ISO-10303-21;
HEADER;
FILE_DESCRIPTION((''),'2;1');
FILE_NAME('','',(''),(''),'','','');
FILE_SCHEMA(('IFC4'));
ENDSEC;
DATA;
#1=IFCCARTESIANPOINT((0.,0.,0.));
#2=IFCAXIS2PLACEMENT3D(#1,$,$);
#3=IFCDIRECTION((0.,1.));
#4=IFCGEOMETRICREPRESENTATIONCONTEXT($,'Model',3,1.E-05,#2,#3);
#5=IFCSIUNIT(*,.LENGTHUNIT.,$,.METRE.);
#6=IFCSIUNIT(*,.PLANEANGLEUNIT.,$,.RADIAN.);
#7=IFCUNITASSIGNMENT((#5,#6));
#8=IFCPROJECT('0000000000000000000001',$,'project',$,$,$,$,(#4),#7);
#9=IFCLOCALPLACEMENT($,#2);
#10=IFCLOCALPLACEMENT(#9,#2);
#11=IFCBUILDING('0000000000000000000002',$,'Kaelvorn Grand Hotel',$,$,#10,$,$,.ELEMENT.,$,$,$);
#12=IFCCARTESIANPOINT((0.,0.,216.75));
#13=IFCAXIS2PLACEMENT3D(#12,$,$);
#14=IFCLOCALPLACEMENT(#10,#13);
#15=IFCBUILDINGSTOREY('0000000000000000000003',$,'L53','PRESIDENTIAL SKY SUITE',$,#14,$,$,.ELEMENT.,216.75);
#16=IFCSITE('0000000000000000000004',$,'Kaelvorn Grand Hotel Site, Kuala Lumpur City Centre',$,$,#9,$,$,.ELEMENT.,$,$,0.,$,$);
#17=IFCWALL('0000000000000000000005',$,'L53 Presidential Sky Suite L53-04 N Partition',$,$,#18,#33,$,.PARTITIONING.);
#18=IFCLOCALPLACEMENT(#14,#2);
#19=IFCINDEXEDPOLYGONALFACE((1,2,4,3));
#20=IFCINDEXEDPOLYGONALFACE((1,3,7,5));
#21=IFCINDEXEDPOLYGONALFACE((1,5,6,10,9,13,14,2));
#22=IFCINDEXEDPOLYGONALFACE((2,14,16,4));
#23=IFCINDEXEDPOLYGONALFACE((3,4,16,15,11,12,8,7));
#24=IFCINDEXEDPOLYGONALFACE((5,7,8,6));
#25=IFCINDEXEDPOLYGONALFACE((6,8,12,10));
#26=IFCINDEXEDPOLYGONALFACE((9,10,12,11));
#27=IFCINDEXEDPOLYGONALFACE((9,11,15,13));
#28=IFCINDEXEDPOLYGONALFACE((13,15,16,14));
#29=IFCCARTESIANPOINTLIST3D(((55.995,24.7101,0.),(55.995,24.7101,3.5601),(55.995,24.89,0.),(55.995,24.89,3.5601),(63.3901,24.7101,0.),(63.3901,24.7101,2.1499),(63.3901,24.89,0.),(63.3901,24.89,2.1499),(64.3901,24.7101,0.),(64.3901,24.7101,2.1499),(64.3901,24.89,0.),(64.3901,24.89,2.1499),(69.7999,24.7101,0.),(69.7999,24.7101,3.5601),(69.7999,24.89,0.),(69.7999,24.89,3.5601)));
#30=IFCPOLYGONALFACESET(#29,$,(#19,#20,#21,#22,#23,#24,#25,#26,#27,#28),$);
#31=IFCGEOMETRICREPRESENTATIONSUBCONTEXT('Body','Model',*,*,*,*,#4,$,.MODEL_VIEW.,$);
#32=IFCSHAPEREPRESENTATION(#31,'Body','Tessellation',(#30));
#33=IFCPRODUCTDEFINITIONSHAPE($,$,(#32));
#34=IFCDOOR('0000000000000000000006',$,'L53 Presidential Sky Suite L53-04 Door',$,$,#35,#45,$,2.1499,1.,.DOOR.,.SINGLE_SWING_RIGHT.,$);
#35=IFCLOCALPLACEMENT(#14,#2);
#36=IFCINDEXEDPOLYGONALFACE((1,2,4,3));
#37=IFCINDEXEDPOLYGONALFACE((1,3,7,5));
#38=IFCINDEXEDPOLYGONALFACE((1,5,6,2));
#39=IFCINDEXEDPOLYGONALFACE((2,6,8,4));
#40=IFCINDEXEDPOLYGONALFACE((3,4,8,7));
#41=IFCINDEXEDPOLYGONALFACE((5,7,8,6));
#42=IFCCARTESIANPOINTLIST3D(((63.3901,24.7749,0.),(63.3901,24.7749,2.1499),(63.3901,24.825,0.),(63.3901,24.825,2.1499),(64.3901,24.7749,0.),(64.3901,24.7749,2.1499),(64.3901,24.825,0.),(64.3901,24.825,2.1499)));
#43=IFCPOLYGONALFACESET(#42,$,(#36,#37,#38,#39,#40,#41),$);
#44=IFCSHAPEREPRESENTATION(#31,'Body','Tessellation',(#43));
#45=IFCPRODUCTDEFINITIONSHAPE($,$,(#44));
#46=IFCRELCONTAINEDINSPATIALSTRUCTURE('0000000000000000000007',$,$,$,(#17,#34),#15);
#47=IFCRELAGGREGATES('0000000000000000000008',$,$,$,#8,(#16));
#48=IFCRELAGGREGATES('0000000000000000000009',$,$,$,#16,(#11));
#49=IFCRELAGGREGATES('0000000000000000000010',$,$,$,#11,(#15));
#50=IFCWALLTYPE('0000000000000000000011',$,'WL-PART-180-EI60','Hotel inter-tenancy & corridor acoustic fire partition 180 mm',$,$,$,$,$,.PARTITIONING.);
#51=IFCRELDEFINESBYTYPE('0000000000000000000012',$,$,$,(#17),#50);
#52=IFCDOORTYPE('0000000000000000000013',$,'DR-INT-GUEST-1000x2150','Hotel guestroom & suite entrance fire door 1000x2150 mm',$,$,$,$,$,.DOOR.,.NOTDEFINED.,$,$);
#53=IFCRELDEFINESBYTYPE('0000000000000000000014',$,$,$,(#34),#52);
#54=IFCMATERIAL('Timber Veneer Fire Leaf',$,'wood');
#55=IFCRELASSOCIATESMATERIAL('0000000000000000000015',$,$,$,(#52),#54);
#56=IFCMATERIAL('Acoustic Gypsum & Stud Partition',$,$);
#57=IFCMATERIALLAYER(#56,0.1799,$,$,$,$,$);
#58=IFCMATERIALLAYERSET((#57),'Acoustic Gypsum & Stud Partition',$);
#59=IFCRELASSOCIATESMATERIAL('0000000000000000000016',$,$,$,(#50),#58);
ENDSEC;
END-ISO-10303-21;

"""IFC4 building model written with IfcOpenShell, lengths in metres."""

from ifc_helpers import new_model, si_unit, direction, frame, frame_2d, origin, place, context, subcontext, project, spatial, rectangle, extrude, material, layer, layer_set, type_object, element, fill, save


model = new_model("IFC4")

# Units and contexts
model_context = context("Model", 3, precision=1e-05, world=origin(), true_north=direction((0.0, 1.0)))
body_context = subcontext(model_context, "Body", "Model", "MODEL_VIEW")
ifc_project = project(units=[si_unit("LENGTHUNIT", "METRE"), si_unit("PLANEANGLEUNIT", "RADIAN")], contexts=[model_context])

# Site, building, storey
site_placement = place(None, origin())
site = spatial("IfcSite", under=ifc_project, at=site_placement, Name="Kaelvorn Grand Hotel Site, Kuala Lumpur City Centre", CompositionType="ELEMENT", RefElevation=0.0)
building_placement = place(site_placement, origin())
building = spatial("IfcBuilding", under=site, at=building_placement, Name="Kaelvorn Grand Hotel", CompositionType="ELEMENT")
storey_placement = place(building_placement, frame((0.0, 0.0, 216.75)))
storey = spatial("IfcBuildingStorey", under=building, at=storey_placement, Name="L53", Description="PRESIDENTIAL SKY SUITE", CompositionType="ELEMENT", Elevation=216.75)

# Shared definitions
ifc_material_1 = material(Name="Acoustic Gypsum & Stud Partition")
ifc_material_2 = material(Name="Timber Veneer Fire Leaf", Category="wood")
door_type_1 = type_object("IfcDoorType", Name="DR-INT-GUEST-1000x2150", Description="Hotel guestroom & suite entrance fire door 1000x2150 mm", OperationType="NOTDEFINED", PredefinedType="DOOR", material=ifc_material_2)

# Wall, opening, door
ifc_layer_1 = layer(ifc_material_1, 0.1799)
ifc_layer_set_1 = layer_set([ifc_layer_1], Name="Acoustic Gypsum & Stud Partition")
wall_type_1 = type_object("IfcWallType", Name="WL-PART-180-EI60", Description="Hotel inter-tenancy & corridor acoustic fire partition 180 mm", PredefinedType="PARTITIONING", material=ifc_layer_set_1)
wall_1_placement = place(storey_placement, frame((55.9951, 24.8, 0.0), z_axis=(0.0, 0.0, 1.0), x_axis=(1.0, 0.0, 0.0)))
wall_1 = element("IfcWall", 1, at=wall_1_placement, inside=storey, type_object=wall_type_1, Name="L53 Presidential Sky Suite L53-04 N Partition", PredefinedType="PARTITIONING", context=body_context, shape_type="SweptSolid", body=[
    extrude(rectangle(XDim=13.8049, YDim=0.1799, at=frame_2d((6.9023, 0.0))), origin(), (0.0, 0.0, 1.0), 3.5601),
])
opening_1_placement = place(wall_1_placement, frame((7.395, 0.0, 0.0)))
opening_1 = element("IfcOpeningElement", 2, at=opening_1_placement, cuts=wall_1, PredefinedType="OPENING", context=body_context, shape_type="SweptSolid", body=[
    extrude(rectangle(XDim=1.0, YDim=2.1499, at=frame_2d((0.5, 1.075))), frame((0.0, 0.1001, 0.0), z_axis=(0.0, -1.0, 0.0), x_axis=(1.0, 0.0, 0.0)), (0.0, 0.0, 1.0), 0.2),
])
door_1_placement = place(opening_1_placement, origin())
door_1 = element("IfcDoor", 3, at=door_1_placement, inside=storey, type_object=door_type_1, Name="L53 Presidential Sky Suite L53-04 Door", OperationType="SINGLE_SWING_RIGHT", OverallHeight=2.1499, OverallWidth=1.0, PredefinedType="DOOR", context=body_context, shape_type="SweptSolid", body=[
    extrude(rectangle(XDim=1.0, YDim=2.1499, at=frame_2d((0.5, 1.075))), frame((0.0, 0.0249, 0.0), z_axis=(0.0, -1.0, 0.0), x_axis=(1.0, 0.0, 0.0)), (0.0, 0.0, 1.0), 0.05),
])
fill(opening_1, door_1)

save(model, "model.ifc")
